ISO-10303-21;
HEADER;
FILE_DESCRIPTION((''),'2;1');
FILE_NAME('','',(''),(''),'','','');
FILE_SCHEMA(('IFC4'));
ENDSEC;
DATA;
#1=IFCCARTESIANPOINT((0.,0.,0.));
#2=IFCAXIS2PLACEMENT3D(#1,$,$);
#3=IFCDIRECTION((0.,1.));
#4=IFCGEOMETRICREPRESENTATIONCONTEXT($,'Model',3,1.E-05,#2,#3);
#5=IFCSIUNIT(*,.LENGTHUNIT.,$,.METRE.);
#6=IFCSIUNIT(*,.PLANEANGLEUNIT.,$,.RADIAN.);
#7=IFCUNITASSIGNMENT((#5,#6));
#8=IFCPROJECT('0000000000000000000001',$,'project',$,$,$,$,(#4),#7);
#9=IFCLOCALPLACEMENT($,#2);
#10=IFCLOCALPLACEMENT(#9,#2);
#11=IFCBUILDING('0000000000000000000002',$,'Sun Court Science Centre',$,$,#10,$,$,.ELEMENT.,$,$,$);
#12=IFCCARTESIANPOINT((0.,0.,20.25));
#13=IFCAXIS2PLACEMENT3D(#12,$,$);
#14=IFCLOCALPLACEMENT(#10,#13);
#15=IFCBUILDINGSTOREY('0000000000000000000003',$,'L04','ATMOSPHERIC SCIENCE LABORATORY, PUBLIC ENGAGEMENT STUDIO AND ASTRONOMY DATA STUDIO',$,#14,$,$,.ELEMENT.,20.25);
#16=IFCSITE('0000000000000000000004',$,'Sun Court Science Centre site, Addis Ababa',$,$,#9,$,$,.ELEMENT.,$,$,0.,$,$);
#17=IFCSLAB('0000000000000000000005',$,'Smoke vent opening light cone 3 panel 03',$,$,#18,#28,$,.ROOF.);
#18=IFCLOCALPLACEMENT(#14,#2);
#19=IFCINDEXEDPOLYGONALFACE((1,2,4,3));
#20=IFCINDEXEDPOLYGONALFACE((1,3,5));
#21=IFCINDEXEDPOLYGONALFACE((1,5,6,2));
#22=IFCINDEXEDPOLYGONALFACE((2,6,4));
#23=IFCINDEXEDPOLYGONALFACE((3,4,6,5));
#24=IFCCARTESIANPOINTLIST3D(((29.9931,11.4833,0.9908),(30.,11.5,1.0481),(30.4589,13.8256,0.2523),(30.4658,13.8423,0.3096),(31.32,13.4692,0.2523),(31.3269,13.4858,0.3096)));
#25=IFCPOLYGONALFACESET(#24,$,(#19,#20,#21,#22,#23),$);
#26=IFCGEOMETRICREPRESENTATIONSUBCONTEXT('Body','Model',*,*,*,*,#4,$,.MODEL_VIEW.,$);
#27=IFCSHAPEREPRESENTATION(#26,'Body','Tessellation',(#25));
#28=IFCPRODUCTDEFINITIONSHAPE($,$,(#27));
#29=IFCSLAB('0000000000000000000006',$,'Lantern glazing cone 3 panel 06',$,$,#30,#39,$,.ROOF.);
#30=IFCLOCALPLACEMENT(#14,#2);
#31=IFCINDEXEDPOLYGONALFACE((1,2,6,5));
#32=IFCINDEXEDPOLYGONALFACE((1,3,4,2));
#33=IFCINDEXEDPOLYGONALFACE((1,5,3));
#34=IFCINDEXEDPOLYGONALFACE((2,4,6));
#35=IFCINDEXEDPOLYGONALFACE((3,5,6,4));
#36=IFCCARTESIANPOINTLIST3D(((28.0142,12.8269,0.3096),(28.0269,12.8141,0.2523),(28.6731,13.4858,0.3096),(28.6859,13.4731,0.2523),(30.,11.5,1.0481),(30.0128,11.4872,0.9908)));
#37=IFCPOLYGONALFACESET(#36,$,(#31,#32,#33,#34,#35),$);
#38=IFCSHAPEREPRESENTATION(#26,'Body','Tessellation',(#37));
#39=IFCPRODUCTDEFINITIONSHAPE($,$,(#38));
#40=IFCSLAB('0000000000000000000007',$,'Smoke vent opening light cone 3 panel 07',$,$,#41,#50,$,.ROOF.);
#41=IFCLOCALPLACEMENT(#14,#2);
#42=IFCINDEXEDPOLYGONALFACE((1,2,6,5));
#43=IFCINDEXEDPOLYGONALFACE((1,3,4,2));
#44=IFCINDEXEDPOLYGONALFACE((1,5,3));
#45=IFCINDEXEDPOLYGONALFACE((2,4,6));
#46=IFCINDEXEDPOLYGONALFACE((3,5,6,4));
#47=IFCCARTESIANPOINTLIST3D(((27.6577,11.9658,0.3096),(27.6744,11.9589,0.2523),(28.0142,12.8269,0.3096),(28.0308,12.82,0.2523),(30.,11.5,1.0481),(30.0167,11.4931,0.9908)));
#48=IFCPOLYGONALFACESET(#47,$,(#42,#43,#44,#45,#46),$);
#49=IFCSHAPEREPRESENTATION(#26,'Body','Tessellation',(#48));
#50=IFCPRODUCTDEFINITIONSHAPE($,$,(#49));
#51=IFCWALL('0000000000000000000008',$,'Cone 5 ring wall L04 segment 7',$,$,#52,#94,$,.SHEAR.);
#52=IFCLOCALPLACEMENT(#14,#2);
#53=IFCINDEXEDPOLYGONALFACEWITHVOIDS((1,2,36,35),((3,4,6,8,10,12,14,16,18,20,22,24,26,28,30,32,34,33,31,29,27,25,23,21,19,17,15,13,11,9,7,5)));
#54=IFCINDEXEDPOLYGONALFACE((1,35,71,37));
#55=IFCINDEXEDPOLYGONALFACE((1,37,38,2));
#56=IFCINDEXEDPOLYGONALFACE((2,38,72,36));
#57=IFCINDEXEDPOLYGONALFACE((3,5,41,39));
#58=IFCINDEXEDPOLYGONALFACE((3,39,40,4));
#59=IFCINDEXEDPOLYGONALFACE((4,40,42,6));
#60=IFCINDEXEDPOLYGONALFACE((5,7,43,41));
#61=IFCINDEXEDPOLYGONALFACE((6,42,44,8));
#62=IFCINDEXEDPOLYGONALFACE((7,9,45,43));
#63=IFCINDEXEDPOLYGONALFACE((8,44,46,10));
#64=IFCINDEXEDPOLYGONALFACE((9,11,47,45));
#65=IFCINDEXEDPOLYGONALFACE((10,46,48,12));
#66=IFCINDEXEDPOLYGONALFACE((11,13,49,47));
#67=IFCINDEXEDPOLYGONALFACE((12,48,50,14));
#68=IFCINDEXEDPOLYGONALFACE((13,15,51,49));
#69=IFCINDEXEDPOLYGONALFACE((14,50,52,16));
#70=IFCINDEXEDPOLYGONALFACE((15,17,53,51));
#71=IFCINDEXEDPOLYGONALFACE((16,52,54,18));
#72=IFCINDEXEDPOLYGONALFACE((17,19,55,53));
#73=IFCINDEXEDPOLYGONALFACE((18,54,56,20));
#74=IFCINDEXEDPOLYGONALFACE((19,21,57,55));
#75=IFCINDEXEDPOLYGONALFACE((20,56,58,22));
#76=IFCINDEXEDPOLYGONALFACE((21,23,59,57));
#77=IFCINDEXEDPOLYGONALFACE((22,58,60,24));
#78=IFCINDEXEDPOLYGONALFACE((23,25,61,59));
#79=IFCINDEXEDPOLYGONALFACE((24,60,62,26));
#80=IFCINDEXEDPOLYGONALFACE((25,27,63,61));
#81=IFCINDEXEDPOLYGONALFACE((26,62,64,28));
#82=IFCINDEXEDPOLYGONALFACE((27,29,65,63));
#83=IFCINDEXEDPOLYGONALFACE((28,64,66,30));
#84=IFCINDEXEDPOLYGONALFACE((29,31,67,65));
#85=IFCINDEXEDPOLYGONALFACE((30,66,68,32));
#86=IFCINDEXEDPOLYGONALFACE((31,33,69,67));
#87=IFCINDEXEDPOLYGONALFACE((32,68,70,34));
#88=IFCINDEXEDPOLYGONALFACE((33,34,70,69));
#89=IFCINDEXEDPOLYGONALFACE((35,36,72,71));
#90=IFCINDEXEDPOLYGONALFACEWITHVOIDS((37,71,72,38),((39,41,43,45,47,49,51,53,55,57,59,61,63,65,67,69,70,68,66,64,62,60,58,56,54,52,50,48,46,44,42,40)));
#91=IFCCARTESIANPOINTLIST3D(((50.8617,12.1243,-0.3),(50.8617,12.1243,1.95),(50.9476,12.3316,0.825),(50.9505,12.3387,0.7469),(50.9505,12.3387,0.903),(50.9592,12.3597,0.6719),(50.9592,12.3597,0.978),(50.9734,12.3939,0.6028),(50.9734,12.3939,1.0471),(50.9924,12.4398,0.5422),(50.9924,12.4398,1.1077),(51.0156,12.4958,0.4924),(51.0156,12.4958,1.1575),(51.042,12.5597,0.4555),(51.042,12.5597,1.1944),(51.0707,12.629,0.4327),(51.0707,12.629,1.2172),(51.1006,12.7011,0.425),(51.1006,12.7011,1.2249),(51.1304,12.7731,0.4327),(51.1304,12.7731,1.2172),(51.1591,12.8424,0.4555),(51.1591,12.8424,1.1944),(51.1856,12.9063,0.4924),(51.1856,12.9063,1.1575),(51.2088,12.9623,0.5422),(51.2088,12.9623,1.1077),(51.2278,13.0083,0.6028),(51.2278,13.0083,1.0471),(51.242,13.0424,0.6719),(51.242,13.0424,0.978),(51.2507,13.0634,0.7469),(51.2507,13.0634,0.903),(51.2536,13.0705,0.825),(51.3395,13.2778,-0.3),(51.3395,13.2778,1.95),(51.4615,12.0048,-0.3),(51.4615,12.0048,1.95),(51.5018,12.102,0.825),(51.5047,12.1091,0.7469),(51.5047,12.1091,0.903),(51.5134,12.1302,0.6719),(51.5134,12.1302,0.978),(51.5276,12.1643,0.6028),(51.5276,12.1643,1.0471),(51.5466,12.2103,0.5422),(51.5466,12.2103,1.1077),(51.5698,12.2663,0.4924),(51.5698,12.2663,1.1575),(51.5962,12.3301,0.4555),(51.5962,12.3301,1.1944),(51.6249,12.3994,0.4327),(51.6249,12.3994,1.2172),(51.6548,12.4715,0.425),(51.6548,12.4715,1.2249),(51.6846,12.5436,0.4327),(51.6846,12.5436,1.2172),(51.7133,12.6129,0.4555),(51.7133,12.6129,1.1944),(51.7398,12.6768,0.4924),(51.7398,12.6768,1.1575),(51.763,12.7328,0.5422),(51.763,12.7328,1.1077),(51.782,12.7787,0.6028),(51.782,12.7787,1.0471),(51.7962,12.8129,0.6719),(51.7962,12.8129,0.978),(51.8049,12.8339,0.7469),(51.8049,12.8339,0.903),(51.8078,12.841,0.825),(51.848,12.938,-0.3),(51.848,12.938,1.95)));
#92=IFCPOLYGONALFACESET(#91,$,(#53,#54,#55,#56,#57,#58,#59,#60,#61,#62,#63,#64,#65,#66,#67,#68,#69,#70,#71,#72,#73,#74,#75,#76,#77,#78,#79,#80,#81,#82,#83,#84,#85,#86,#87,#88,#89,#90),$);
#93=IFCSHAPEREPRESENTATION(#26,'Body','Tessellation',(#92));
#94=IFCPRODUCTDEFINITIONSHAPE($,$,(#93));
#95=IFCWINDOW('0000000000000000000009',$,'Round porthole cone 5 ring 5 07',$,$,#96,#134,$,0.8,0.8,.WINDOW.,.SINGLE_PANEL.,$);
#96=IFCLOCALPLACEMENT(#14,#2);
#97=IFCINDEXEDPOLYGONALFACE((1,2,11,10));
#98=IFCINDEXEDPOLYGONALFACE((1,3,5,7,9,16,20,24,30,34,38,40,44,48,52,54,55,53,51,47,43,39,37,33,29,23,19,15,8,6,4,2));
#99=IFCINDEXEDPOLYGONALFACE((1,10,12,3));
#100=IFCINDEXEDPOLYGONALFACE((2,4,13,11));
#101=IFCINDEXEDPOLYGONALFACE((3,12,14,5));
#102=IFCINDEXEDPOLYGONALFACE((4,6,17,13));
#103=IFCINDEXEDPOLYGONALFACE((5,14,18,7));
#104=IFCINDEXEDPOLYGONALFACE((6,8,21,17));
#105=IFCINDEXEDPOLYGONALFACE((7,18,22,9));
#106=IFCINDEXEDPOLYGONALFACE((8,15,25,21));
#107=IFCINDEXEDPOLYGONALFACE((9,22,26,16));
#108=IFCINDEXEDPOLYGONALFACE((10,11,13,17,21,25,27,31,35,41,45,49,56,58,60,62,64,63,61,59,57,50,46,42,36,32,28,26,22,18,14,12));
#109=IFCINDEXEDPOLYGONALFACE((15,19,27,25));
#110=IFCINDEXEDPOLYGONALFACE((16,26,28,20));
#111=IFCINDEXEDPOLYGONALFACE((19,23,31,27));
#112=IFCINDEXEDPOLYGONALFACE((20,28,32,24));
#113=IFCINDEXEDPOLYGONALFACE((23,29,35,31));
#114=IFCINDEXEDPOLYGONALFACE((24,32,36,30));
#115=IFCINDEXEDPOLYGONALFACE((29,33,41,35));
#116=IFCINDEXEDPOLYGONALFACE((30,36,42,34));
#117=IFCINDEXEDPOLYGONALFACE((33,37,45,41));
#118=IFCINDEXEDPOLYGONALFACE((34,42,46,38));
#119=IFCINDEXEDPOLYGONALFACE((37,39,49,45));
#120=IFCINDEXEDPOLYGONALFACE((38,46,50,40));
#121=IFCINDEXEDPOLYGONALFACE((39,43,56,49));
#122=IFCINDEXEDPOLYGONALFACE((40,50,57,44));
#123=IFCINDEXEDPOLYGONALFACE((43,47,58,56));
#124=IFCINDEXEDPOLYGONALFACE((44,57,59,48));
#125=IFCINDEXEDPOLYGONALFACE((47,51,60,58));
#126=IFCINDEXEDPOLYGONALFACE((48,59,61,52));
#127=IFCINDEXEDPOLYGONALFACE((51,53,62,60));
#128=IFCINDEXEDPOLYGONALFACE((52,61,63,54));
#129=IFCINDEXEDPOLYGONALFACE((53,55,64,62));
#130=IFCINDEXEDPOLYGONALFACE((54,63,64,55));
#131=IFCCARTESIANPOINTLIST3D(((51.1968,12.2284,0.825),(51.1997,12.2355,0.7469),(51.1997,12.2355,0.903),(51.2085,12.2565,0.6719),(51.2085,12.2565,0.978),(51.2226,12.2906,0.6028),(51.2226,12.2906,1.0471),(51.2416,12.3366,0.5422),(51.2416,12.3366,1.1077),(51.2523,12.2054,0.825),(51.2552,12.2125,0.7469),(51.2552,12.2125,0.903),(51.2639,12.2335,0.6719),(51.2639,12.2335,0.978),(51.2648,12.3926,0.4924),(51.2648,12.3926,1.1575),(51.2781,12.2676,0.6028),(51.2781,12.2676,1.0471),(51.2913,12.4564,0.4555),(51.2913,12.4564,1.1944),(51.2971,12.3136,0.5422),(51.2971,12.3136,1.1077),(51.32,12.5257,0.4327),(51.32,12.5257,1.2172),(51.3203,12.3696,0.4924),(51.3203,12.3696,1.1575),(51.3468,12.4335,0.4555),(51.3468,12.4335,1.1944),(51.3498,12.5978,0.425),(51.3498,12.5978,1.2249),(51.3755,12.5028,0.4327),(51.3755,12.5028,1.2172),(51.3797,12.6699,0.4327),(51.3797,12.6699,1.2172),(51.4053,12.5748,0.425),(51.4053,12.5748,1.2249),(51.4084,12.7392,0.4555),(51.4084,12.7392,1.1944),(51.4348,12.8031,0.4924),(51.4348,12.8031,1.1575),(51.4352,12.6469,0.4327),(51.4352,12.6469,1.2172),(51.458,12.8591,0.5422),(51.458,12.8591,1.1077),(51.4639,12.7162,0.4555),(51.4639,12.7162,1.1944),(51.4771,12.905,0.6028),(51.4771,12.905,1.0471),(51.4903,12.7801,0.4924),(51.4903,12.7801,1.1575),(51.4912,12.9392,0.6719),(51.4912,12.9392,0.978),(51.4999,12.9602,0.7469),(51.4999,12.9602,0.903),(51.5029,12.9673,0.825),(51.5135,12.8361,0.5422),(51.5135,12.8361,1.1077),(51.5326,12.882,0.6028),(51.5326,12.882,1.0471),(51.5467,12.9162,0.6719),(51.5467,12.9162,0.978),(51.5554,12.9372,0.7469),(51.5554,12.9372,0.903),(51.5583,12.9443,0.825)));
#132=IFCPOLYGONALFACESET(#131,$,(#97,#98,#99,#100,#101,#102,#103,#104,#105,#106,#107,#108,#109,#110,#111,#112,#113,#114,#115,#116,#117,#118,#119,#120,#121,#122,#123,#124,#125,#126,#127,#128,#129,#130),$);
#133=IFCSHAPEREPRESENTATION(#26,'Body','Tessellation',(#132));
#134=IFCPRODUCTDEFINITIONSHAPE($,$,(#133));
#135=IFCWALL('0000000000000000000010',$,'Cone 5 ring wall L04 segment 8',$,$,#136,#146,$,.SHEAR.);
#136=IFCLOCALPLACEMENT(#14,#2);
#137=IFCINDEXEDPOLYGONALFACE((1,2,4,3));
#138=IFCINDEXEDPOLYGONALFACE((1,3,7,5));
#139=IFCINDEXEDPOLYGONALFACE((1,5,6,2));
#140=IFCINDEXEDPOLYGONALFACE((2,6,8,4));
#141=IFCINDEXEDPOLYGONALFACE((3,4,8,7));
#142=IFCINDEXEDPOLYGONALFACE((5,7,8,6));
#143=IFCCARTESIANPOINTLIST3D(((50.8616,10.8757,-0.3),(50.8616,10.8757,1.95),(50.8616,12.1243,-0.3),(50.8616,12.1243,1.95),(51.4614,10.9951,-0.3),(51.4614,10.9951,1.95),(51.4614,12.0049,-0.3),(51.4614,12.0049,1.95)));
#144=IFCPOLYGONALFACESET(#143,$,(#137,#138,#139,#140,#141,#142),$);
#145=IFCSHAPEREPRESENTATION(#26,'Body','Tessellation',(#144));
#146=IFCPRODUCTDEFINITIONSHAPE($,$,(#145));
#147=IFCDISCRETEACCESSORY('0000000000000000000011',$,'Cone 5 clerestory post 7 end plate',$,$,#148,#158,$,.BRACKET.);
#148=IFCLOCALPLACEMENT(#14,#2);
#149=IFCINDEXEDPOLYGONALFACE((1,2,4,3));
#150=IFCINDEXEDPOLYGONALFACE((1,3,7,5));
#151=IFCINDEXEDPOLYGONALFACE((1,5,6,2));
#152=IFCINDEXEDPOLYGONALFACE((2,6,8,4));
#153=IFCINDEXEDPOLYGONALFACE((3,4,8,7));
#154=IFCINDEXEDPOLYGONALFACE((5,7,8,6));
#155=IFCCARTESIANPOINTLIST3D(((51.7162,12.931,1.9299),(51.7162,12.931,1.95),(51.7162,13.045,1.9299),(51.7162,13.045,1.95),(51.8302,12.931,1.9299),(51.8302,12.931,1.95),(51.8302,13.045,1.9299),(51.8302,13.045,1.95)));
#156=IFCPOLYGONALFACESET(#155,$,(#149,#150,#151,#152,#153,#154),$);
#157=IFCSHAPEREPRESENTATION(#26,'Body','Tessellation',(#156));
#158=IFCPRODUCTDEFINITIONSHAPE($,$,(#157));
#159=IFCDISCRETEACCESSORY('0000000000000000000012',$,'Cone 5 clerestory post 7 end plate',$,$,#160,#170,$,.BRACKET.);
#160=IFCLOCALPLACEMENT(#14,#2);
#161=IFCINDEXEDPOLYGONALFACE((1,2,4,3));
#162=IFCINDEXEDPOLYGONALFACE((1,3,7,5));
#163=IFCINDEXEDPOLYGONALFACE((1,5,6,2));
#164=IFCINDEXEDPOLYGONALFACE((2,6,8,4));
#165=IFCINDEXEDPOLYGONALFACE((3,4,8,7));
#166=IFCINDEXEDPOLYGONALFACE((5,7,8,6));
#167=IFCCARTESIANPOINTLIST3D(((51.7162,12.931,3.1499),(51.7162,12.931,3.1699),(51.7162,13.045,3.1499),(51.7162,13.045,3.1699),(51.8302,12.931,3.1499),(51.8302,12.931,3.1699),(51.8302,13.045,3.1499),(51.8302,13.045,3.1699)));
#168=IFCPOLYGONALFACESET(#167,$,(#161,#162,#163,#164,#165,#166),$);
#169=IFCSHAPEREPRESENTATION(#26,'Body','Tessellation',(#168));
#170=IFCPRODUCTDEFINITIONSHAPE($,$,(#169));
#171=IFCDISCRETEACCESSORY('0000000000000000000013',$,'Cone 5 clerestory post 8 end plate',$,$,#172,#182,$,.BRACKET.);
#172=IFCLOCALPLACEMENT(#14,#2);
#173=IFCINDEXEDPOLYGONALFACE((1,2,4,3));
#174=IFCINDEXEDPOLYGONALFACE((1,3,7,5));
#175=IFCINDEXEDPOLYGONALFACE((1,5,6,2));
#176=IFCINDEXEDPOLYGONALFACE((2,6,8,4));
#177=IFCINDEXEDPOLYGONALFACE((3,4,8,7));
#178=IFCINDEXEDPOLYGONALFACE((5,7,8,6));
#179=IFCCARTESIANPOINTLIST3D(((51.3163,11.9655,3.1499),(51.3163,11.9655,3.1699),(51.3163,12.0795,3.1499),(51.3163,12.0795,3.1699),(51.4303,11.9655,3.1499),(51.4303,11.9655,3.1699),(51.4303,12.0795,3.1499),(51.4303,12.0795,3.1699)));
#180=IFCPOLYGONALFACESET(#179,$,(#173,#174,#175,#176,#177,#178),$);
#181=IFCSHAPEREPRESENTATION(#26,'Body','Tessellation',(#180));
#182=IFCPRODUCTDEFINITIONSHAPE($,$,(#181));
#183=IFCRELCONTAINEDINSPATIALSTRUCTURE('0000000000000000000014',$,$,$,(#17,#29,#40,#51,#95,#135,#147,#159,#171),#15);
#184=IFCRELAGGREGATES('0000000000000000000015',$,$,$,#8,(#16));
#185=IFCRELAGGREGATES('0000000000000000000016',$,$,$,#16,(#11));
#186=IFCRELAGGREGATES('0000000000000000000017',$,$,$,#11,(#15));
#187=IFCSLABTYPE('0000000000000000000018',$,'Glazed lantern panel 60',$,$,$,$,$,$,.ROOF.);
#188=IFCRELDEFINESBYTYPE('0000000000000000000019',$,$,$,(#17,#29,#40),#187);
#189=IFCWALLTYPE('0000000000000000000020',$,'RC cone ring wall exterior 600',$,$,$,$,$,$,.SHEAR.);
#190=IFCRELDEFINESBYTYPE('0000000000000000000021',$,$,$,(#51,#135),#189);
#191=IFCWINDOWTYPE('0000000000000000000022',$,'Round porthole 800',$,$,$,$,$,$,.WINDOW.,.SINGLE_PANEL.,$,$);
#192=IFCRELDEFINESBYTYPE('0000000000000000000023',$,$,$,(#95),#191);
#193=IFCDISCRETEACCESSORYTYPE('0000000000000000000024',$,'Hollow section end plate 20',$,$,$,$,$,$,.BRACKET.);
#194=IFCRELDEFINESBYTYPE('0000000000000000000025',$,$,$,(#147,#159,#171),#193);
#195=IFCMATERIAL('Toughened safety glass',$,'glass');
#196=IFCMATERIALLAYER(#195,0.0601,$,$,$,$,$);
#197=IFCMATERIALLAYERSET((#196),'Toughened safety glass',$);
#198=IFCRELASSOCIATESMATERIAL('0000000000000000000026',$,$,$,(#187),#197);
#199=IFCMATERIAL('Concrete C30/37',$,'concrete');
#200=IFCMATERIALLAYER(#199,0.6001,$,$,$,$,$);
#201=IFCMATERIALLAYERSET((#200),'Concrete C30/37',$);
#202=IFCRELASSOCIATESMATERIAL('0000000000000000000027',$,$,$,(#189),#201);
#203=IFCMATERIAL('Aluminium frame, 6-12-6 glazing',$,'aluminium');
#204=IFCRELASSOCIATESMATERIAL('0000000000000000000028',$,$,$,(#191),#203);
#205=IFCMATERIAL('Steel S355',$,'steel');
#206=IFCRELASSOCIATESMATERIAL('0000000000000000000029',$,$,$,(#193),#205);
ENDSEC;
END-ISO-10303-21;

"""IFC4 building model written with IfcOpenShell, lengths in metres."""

from ifc_helpers import new_model, si_unit, direction, frame, frame_2d, origin, origin_2d, place, context, subcontext, project, spatial, polyline, rectangle, circle, outline, extrude, material, layer, layer_set, type_object, element, fill, save


model = new_model("IFC4")

# Units and contexts
model_context = context("Model", 3, precision=1e-05, world=origin(), true_north=direction((0.0, 1.0)))
body_context = subcontext(model_context, "Body", "Model", "MODEL_VIEW")
ifc_project = project(units=[si_unit("LENGTHUNIT", "METRE"), si_unit("PLANEANGLEUNIT", "RADIAN")], contexts=[model_context])

# Site, building, storey
site_placement = place(None, origin())
site = spatial("IfcSite", under=ifc_project, at=site_placement, Name="Sun Court Science Centre site, Addis Ababa", CompositionType="ELEMENT", RefElevation=0.0)
building_placement = place(site_placement, origin())
building = spatial("IfcBuilding", under=site, at=building_placement, Name="Sun Court Science Centre", CompositionType="ELEMENT")
storey_placement = place(building_placement, frame((0.0, 0.0, 20.25)))
storey = spatial("IfcBuildingStorey", under=building, at=storey_placement, Name="L04", Description="ATMOSPHERIC SCIENCE LABORATORY, PUBLIC ENGAGEMENT STUDIO AND ASTRONOMY DATA STUDIO", CompositionType="ELEMENT", Elevation=20.25)

# Slabs
ifc_material_1 = material(Name="Toughened safety glass", Category="glass")
ifc_layer_1 = layer(ifc_material_1, 0.0601)
ifc_layer_set_1 = layer_set([ifc_layer_1], Name="Toughened safety glass")
slab_type = type_object("IfcSlabType", Name="Glazed lantern panel 60", PredefinedType="ROOF", material=ifc_layer_set_1)
slab_1_placement = place(storey_placement, frame((31.3269, 13.4858, 0.3096), z_axis=(0.11501, 0.277836, 0.953719), x_axis=(-0.923966, 0.382475, 0.0)))
element("IfcSlab", 1, at=slab_1_placement, inside=storey, type_object=slab_type, Name="Smoke vent opening light cone 3 panel 03", PredefinedType="ROOF", context=body_context, shape_type="SweptSolid", body=[
    extrude(outline(polyline([(0.0, 0.0), (0.9319, 0.0), (0.4665, 2.456), (0.0, 0.0)])), origin(), (0.0, 0.0, -1.0), 0.0601),
])
slab_2_placement = place(storey_placement, frame((28.6731, 13.4858, 0.3096), z_axis=(-0.212618, 0.212618, 0.953723), x_axis=(-0.707107, -0.707107, 0.0)))
element("IfcSlab", 2, at=slab_2_placement, inside=storey, type_object=slab_type, Name="Lantern glazing cone 3 panel 06", PredefinedType="ROOF", context=body_context, shape_type="SweptSolid", body=[
    extrude(outline(polyline([(0.0, 0.0), (0.9319, 0.0), (0.4659, 2.4561), (0.0, 0.0)])), origin(), (0.0, 0.0, -1.0), 0.0601),
])
slab_3_placement = place(storey_placement, frame((28.0142, 12.8269, 0.3096), z_axis=(-0.277836, 0.11501, 0.953719), x_axis=(-0.382475, -0.923966, 0.0)))
element("IfcSlab", 3, at=slab_3_placement, inside=storey, type_object=slab_type, Name="Smoke vent opening light cone 3 panel 07", PredefinedType="ROOF", context=body_context, shape_type="SweptSolid", body=[
    extrude(outline(polyline([(0.0, 0.0), (0.9319, 0.0), (0.4665, 2.456), (0.0, 0.0)])), origin(), (0.0, 0.0, -1.0), 0.0601),
])

# Wall, opening, window
ifc_material_2 = material(Name="Concrete C30/37", Category="concrete")
ifc_layer_2 = layer(ifc_material_2, 0.6001)
ifc_layer_set_2 = layer_set([ifc_layer_2], Name="Concrete C30/37")
wall_type = type_object("IfcWallType", Name="RC cone ring wall exterior 600", PredefinedType="SHEAR", material=ifc_layer_set_2)
wall_1_placement = place(storey_placement, frame((51.6165, 13.1631, -0.3), z_axis=(0.0, 0.0, 1.0), x_axis=(-0.382657, -0.923891, 0.0)))
wall_1 = element("IfcWall", 4, at=wall_1_placement, inside=storey, type_object=wall_type, Name="Cone 5 ring wall L04 segment 7", PredefinedType="SHEAR", context=body_context, shape_type="SweptSolid", body=[
    extrude(outline(polyline([(0.0, -0.2998), (1.2485, -0.2998), (1.1294, 0.3), (0.1194, 0.3), (0.0, -0.2998)])), origin(), (0.0, 0.0, 1.0), 2.25),
])
opening_placement = place(wall_1_placement, frame((0.2244, 0.0, 0.7251)))
opening = element("IfcOpeningElement", 5, at=opening_placement, cuts=wall_1, PredefinedType="OPENING", context=body_context, shape_type="SweptSolid", body=[
    extrude(circle(Radius=0.3999, at=frame_2d((0.3999, 0.3999))), frame((0.0, 0.3101, 0.0), z_axis=(0.0, -1.0, 0.0), x_axis=(1.0, 0.0, 0.0)), (0.0, 0.0, 1.0), 0.6201),
])
ifc_material_3 = material(Name="Aluminium frame, 6-12-6 glazing", Category="aluminium")
window_type = type_object("IfcWindowType", Name="Round porthole 800", PartitioningType="SINGLE_PANEL", PredefinedType="WINDOW", material=ifc_material_3)
window_placement = place(opening_placement, origin())
window = element("IfcWindow", 6, at=window_placement, inside=storey, type_object=window_type, Name="Round porthole cone 5 ring 5 07", OverallHeight=0.8, OverallWidth=0.8, PartitioningType="SINGLE_PANEL", PredefinedType="WINDOW", context=body_context, shape_type="SweptSolid", body=[
    extrude(circle(Radius=0.3999, at=frame_2d((0.3999, 0.3999))), frame((0.0, 0.03, 0.0), z_axis=(0.0, -1.0, 0.0), x_axis=(1.0, 0.0, 0.0)), (0.0, 0.0, 1.0), 0.0601),
])
fill(opening, window)

# Wall
wall_2_placement = place(storey_placement, frame((51.1614, 12.1243, -0.3), z_axis=(0.0, 0.0, 1.0), x_axis=(0.0, -1.0, 0.0)))
element("IfcWall", 7, at=wall_2_placement, inside=storey, type_object=wall_type, Name="Cone 5 ring wall L04 segment 8", PredefinedType="SHEAR", context=body_context, shape_type="SweptSolid", body=[
    extrude(outline(polyline([(0.0, -0.2998), (1.2485, -0.2998), (1.1292, 0.3), (0.1194, 0.3), (0.0, -0.2998)])), origin(), (0.0, 0.0, 1.0), 2.25),
])

# Discrete accessories
ifc_material_4 = material(Name="Steel S355", Category="steel")
discrete_accessory_type_1 = type_object("IfcDiscreteAccessoryType", Name="Hollow section end plate 20", PredefinedType="BRACKET", material=ifc_material_4)
for number, where, z_axis, x_axis, name in (
    (8, (51.7732, 12.988, 1.9299), (0.0, 0.0, 1.0), (1.0, 0.0, 0.0), "Cone 5 clerestory post 7 end plate"),
    (9, (51.7732, 12.988, 3.1499), (0.0, 0.0, 1.0), (1.0, 0.0, 0.0), "Cone 5 clerestory post 7 end plate"),
    (10, (51.3733, 12.0225, 3.1499), (0.0, 0.0, 1.0), (1.0, 0.0, 0.0), "Cone 5 clerestory post 8 end plate"),
):
    element("IfcDiscreteAccessory", number, at=place(storey_placement, frame(where, z_axis=z_axis, x_axis=x_axis)), inside=storey, type_object=discrete_accessory_type_1, Name=name, PredefinedType="BRACKET", context=body_context, shape_type="SweptSolid", body=[
        extrude(rectangle(XDim=0.114, YDim=0.114, at=origin_2d()), origin(), (0.0, 0.0, 1.0), 0.02),
    ])

save(model, "model.ifc")
